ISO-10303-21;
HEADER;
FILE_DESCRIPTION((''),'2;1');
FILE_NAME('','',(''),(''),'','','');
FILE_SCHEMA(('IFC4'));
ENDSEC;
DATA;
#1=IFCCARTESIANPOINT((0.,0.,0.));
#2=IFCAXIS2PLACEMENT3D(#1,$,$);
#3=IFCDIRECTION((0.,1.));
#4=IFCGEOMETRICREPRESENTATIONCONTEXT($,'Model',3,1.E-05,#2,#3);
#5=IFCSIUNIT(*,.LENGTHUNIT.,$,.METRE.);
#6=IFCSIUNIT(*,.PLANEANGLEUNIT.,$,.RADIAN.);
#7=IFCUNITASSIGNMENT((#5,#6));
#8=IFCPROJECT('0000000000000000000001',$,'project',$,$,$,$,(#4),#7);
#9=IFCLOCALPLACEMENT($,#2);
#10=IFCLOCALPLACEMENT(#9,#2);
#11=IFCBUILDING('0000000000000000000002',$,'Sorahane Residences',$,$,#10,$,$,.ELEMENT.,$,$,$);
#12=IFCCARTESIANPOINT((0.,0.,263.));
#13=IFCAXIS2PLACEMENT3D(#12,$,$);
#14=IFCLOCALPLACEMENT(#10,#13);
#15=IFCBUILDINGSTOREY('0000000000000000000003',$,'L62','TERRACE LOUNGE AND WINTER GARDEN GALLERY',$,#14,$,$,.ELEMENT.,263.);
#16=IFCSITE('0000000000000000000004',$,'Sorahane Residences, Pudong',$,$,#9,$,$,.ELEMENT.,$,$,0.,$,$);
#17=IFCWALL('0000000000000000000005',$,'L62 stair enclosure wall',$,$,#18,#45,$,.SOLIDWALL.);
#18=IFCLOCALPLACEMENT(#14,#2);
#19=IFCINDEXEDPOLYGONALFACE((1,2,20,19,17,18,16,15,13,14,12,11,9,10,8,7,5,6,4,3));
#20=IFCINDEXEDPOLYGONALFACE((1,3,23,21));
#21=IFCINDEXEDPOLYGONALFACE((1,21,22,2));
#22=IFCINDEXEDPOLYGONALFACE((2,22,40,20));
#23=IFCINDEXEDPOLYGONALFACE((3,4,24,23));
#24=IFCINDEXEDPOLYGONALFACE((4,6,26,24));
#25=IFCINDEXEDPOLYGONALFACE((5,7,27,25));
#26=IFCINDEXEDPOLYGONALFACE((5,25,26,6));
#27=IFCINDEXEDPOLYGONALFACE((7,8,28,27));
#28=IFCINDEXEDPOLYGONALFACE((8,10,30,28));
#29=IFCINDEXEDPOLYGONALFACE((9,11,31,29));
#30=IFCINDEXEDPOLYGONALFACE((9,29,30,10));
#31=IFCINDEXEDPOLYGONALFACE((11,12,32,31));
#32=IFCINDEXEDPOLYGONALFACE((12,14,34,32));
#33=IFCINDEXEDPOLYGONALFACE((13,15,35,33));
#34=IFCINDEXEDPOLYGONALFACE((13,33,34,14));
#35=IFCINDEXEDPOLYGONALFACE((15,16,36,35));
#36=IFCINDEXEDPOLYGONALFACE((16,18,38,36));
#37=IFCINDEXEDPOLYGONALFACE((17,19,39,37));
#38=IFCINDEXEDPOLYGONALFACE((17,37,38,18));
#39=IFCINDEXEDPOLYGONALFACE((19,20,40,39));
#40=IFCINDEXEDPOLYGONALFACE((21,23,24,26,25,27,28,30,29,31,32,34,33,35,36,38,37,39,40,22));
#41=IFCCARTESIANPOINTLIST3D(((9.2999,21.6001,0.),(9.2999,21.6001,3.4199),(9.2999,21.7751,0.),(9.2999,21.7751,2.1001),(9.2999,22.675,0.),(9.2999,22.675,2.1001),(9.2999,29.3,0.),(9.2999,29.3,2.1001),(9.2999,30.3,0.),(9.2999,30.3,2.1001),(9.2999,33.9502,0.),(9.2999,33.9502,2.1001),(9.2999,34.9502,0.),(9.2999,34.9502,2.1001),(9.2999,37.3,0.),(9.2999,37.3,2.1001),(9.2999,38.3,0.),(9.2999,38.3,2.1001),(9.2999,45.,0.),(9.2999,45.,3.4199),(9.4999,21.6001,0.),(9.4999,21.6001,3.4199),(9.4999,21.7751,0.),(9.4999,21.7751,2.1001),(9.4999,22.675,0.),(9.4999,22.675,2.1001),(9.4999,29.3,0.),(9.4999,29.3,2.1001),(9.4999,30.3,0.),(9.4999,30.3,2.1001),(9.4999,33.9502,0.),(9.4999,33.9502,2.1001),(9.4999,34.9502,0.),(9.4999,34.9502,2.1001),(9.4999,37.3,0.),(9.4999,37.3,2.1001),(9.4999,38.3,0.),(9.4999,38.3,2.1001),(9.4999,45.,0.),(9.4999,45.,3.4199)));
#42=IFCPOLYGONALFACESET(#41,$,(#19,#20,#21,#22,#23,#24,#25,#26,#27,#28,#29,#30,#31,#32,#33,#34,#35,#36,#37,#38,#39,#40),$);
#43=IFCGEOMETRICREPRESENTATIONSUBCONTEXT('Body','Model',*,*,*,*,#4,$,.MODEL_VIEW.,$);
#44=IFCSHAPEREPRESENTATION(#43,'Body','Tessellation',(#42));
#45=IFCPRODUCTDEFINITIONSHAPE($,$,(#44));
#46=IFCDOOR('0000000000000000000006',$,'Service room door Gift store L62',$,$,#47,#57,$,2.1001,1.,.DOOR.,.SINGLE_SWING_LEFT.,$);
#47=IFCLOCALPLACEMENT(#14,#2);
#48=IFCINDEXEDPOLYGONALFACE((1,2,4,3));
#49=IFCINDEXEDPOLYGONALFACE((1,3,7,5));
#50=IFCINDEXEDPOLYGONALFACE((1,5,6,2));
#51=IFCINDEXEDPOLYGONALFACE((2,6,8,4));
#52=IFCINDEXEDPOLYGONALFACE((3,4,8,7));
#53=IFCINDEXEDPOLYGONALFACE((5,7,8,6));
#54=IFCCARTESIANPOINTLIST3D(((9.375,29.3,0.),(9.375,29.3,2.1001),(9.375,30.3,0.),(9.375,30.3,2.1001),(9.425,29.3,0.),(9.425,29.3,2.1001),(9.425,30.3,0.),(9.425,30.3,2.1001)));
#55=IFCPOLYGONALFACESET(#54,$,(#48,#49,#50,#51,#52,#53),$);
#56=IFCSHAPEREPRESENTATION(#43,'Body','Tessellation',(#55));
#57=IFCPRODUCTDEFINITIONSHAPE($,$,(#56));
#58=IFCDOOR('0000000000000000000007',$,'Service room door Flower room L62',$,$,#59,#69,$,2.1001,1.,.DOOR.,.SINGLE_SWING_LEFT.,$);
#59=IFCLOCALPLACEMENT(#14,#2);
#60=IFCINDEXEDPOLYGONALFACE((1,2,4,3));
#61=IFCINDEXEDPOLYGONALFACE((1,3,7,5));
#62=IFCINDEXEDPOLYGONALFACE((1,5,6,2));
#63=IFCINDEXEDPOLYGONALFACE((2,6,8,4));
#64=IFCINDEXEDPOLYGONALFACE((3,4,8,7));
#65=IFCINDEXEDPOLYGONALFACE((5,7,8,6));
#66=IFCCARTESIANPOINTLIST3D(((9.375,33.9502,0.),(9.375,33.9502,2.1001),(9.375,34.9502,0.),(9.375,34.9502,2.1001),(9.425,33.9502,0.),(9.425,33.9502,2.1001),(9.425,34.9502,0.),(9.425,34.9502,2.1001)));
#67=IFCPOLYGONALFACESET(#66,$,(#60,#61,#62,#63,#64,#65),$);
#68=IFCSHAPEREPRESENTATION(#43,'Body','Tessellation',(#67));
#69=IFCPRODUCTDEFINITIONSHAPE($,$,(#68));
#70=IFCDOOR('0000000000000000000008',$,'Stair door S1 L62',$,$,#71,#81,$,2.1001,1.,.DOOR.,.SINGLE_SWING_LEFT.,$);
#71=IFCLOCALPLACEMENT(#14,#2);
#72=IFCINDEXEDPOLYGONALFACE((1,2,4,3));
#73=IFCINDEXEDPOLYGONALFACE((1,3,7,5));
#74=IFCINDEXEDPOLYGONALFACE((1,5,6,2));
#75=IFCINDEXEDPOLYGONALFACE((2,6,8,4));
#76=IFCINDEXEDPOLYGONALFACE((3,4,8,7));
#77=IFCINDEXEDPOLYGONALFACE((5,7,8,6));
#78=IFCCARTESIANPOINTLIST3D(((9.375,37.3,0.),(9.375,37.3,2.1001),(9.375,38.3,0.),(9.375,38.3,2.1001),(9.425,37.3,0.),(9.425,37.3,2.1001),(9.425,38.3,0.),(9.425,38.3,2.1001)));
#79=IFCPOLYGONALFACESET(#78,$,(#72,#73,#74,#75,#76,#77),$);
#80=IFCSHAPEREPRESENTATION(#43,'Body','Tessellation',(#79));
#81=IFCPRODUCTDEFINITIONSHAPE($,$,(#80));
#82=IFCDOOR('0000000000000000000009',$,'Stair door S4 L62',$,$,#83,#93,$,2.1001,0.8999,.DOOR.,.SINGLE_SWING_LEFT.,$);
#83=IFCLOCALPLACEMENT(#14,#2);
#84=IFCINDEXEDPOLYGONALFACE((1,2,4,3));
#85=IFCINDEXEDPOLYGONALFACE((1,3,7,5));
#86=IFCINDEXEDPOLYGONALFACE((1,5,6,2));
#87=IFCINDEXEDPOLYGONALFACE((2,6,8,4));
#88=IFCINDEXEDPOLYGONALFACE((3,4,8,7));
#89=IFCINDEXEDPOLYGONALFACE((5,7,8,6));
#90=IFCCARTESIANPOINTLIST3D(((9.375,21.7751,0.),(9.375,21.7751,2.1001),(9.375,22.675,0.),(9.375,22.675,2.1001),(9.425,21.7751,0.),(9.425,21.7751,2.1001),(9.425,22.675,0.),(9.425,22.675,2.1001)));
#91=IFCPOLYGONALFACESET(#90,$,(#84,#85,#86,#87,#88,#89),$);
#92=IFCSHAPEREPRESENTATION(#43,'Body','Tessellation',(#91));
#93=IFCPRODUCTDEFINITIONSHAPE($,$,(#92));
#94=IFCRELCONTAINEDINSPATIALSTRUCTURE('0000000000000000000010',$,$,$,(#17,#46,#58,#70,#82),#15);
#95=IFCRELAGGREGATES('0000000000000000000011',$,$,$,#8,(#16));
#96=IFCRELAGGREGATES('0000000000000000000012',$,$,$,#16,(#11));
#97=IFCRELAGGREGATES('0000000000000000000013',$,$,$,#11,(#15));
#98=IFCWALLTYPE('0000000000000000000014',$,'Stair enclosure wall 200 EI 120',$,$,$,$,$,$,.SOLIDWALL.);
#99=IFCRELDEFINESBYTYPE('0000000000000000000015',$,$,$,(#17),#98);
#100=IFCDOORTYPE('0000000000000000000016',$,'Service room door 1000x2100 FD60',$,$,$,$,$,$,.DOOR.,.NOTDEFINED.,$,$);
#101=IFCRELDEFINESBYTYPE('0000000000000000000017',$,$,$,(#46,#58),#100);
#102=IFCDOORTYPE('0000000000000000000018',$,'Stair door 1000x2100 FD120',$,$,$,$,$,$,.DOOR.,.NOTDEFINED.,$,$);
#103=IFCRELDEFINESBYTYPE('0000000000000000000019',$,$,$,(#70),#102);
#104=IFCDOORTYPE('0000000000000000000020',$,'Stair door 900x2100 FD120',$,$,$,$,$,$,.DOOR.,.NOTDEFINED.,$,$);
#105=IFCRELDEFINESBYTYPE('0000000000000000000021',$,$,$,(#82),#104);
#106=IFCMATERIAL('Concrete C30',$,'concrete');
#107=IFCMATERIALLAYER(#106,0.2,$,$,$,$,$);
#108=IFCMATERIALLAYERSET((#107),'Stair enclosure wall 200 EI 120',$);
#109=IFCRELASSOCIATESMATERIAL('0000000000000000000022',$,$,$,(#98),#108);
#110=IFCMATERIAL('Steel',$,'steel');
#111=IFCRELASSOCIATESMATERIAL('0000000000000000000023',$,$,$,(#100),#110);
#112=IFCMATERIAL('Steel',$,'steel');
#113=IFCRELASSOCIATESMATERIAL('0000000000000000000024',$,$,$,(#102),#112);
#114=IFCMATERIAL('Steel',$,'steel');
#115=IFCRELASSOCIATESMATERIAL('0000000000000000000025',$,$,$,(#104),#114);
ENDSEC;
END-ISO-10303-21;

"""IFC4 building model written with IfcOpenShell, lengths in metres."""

from ifc_helpers import new_model, si_unit, direction, frame, frame_2d, origin, place, context, subcontext, project, spatial, rectangle, extrude, material, layer, layer_set, type_object, element, fill, save


model = new_model("IFC4")

# Units and contexts
model_context = context("Model", 3, precision=1e-05, world=origin(), true_north=direction((0.0, 1.0)))
body_context = subcontext(model_context, "Body", "Model", "MODEL_VIEW")
ifc_project = project(units=[si_unit("LENGTHUNIT", "METRE"), si_unit("PLANEANGLEUNIT", "RADIAN")], contexts=[model_context])

# Site, building, storey
site_placement = place(None, origin())
site = spatial("IfcSite", under=ifc_project, at=site_placement, Name="Sorahane Residences, Pudong", CompositionType="ELEMENT", RefElevation=0.0)
building_placement = place(site_placement, origin())
building = spatial("IfcBuilding", under=site, at=building_placement, Name="Sorahane Residences", CompositionType="ELEMENT")
storey_placement = place(building_placement, frame((0.0, 0.0, 263.0)))
storey = spatial("IfcBuildingStorey", under=building, at=storey_placement, Name="L62", Description="TERRACE LOUNGE AND WINTER GARDEN GALLERY", CompositionType="ELEMENT", Elevation=263.0)

# Wall, openings, doors
ifc_material_1 = material(Name="Concrete C30", Category="concrete")
ifc_layer_1 = layer(ifc_material_1, 0.2)
ifc_layer_set_1 = layer_set([ifc_layer_1], Name="Stair enclosure wall 200 EI 120")
wall_type_1 = type_object("IfcWallType", Name="Stair enclosure wall 200 EI 120", PredefinedType="SOLIDWALL", material=ifc_layer_set_1)
wall_1_placement = place(storey_placement, frame((9.3999, 21.6001, 0.0), z_axis=(0.0, 0.0, 1.0), x_axis=(0.0, 1.0, 0.0)))
wall_1 = element("IfcWall", 1, at=wall_1_placement, inside=storey, type_object=wall_type_1, Name="L62 stair enclosure wall", PredefinedType="SOLIDWALL", context=body_context, shape_type="SweptSolid", body=[
    extrude(rectangle(XDim=23.3999, YDim=0.2, at=frame_2d((11.7, 0.0))), origin(), (0.0, 0.0, 1.0), 3.4199),
])
opening_1_placement = place(wall_1_placement, frame((7.7, 0.0, 0.0)))
opening_1 = element("IfcOpeningElement", 2, at=opening_1_placement, cuts=wall_1, PredefinedType="OPENING", context=body_context, shape_type="SweptSolid", body=[
    extrude(rectangle(XDim=1.0, YDim=2.1001, at=frame_2d((0.5, 1.05))), frame((0.0, 0.1099, 0.0), z_axis=(0.0, -1.0, 0.0), x_axis=(1.0, 0.0, 0.0)), (0.0, 0.0, 1.0), 0.22),
])
opening_2_placement = place(wall_1_placement, frame((12.3501, 0.0, 0.0)))
opening_2 = element("IfcOpeningElement", 3, at=opening_2_placement, cuts=wall_1, PredefinedType="OPENING", context=body_context, shape_type="SweptSolid", body=[
    extrude(rectangle(XDim=1.0, YDim=2.1001, at=frame_2d((0.5, 1.05))), frame((0.0, 0.1099, 0.0), z_axis=(0.0, -1.0, 0.0), x_axis=(1.0, 0.0, 0.0)), (0.0, 0.0, 1.0), 0.22),
])
opening_3_placement = place(wall_1_placement, frame((15.7, 0.0, 0.0)))
opening_3 = element("IfcOpeningElement", 4, at=opening_3_placement, cuts=wall_1, PredefinedType="OPENING", context=body_context, shape_type="SweptSolid", body=[
    extrude(rectangle(XDim=1.0, YDim=2.1001, at=frame_2d((0.5, 1.05))), frame((0.0, 0.1099, 0.0), z_axis=(0.0, -1.0, 0.0), x_axis=(1.0, 0.0, 0.0)), (0.0, 0.0, 1.0), 0.22),
])
opening_4_placement = place(wall_1_placement, frame((0.175, 0.0, 0.0)))
opening_4 = element("IfcOpeningElement", 5, at=opening_4_placement, cuts=wall_1, PredefinedType="OPENING", context=body_context, shape_type="SweptSolid", body=[
    extrude(rectangle(XDim=0.8999, YDim=2.1001, at=frame_2d((0.45, 1.05))), frame((0.0, 0.1099, 0.0), z_axis=(0.0, -1.0, 0.0), x_axis=(1.0, 0.0, 0.0)), (0.0, 0.0, 1.0), 0.22),
])
ifc_material_2 = material(Name="Steel", Category="steel")
door_type_1 = type_object("IfcDoorType", Name="Service room door 1000x2100 FD60", OperationType="NOTDEFINED", PredefinedType="DOOR", material=ifc_material_2)
door_1_placement = place(opening_1_placement, origin())
door_1 = element("IfcDoor", 6, at=door_1_placement, inside=storey, type_object=door_type_1, Name="Service room door Gift store L62", OperationType="SINGLE_SWING_LEFT", OverallHeight=2.1001, OverallWidth=1.0, PredefinedType="DOOR", context=body_context, shape_type="SweptSolid", body=[
    extrude(rectangle(XDim=1.0, YDim=2.1001, at=frame_2d((0.5, 1.05))), frame((0.0, 0.0249, 0.0), z_axis=(0.0, -1.0, 0.0), x_axis=(1.0, 0.0, 0.0)), (0.0, 0.0, 1.0), 0.05),
])
fill(opening_1, door_1)
door_2_placement = place(opening_2_placement, origin())
door_2 = element("IfcDoor", 7, at=door_2_placement, inside=storey, type_object=door_type_1, Name="Service room door Flower room L62", OperationType="SINGLE_SWING_LEFT", OverallHeight=2.1001, OverallWidth=1.0, PredefinedType="DOOR", context=body_context, shape_type="SweptSolid", body=[
    extrude(rectangle(XDim=1.0, YDim=2.1001, at=frame_2d((0.5, 1.05))), frame((0.0, 0.0249, 0.0), z_axis=(0.0, -1.0, 0.0), x_axis=(1.0, 0.0, 0.0)), (0.0, 0.0, 1.0), 0.05),
])
fill(opening_2, door_2)
ifc_material_3 = material(Name="Steel", Category="steel")
door_type_2 = type_object("IfcDoorType", Name="Stair door 1000x2100 FD120", OperationType="NOTDEFINED", PredefinedType="DOOR", material=ifc_material_3)
door_3_placement = place(opening_3_placement, origin())
door_3 = element("IfcDoor", 8, at=door_3_placement, inside=storey, type_object=door_type_2, Name="Stair door S1 L62", OperationType="SINGLE_SWING_LEFT", OverallHeight=2.1001, OverallWidth=1.0, PredefinedType="DOOR", context=body_context, shape_type="SweptSolid", body=[
    extrude(rectangle(XDim=1.0, YDim=2.1001, at=frame_2d((0.5, 1.05))), frame((0.0, 0.0249, 0.0), z_axis=(0.0, -1.0, 0.0), x_axis=(1.0, 0.0, 0.0)), (0.0, 0.0, 1.0), 0.05),
])
fill(opening_3, door_3)
ifc_material_4 = material(Name="Steel", Category="steel")
door_type_3 = type_object("IfcDoorType", Name="Stair door 900x2100 FD120", OperationType="NOTDEFINED", PredefinedType="DOOR", material=ifc_material_4)
door_4_placement = place(opening_4_placement, origin())
door_4 = element("IfcDoor", 9, at=door_4_placement, inside=storey, type_object=door_type_3, Name="Stair door S4 L62", OperationType="SINGLE_SWING_LEFT", OverallHeight=2.1001, OverallWidth=0.8999, PredefinedType="DOOR", context=body_context, shape_type="SweptSolid", body=[
    extrude(rectangle(XDim=0.8999, YDim=2.1001, at=frame_2d((0.45, 1.05))), frame((0.0, 0.0249, 0.0), z_axis=(0.0, -1.0, 0.0), x_axis=(1.0, 0.0, 0.0)), (0.0, 0.0, 1.0), 0.05),
])
fill(opening_4, door_4)

save(model, "model.ifc")
